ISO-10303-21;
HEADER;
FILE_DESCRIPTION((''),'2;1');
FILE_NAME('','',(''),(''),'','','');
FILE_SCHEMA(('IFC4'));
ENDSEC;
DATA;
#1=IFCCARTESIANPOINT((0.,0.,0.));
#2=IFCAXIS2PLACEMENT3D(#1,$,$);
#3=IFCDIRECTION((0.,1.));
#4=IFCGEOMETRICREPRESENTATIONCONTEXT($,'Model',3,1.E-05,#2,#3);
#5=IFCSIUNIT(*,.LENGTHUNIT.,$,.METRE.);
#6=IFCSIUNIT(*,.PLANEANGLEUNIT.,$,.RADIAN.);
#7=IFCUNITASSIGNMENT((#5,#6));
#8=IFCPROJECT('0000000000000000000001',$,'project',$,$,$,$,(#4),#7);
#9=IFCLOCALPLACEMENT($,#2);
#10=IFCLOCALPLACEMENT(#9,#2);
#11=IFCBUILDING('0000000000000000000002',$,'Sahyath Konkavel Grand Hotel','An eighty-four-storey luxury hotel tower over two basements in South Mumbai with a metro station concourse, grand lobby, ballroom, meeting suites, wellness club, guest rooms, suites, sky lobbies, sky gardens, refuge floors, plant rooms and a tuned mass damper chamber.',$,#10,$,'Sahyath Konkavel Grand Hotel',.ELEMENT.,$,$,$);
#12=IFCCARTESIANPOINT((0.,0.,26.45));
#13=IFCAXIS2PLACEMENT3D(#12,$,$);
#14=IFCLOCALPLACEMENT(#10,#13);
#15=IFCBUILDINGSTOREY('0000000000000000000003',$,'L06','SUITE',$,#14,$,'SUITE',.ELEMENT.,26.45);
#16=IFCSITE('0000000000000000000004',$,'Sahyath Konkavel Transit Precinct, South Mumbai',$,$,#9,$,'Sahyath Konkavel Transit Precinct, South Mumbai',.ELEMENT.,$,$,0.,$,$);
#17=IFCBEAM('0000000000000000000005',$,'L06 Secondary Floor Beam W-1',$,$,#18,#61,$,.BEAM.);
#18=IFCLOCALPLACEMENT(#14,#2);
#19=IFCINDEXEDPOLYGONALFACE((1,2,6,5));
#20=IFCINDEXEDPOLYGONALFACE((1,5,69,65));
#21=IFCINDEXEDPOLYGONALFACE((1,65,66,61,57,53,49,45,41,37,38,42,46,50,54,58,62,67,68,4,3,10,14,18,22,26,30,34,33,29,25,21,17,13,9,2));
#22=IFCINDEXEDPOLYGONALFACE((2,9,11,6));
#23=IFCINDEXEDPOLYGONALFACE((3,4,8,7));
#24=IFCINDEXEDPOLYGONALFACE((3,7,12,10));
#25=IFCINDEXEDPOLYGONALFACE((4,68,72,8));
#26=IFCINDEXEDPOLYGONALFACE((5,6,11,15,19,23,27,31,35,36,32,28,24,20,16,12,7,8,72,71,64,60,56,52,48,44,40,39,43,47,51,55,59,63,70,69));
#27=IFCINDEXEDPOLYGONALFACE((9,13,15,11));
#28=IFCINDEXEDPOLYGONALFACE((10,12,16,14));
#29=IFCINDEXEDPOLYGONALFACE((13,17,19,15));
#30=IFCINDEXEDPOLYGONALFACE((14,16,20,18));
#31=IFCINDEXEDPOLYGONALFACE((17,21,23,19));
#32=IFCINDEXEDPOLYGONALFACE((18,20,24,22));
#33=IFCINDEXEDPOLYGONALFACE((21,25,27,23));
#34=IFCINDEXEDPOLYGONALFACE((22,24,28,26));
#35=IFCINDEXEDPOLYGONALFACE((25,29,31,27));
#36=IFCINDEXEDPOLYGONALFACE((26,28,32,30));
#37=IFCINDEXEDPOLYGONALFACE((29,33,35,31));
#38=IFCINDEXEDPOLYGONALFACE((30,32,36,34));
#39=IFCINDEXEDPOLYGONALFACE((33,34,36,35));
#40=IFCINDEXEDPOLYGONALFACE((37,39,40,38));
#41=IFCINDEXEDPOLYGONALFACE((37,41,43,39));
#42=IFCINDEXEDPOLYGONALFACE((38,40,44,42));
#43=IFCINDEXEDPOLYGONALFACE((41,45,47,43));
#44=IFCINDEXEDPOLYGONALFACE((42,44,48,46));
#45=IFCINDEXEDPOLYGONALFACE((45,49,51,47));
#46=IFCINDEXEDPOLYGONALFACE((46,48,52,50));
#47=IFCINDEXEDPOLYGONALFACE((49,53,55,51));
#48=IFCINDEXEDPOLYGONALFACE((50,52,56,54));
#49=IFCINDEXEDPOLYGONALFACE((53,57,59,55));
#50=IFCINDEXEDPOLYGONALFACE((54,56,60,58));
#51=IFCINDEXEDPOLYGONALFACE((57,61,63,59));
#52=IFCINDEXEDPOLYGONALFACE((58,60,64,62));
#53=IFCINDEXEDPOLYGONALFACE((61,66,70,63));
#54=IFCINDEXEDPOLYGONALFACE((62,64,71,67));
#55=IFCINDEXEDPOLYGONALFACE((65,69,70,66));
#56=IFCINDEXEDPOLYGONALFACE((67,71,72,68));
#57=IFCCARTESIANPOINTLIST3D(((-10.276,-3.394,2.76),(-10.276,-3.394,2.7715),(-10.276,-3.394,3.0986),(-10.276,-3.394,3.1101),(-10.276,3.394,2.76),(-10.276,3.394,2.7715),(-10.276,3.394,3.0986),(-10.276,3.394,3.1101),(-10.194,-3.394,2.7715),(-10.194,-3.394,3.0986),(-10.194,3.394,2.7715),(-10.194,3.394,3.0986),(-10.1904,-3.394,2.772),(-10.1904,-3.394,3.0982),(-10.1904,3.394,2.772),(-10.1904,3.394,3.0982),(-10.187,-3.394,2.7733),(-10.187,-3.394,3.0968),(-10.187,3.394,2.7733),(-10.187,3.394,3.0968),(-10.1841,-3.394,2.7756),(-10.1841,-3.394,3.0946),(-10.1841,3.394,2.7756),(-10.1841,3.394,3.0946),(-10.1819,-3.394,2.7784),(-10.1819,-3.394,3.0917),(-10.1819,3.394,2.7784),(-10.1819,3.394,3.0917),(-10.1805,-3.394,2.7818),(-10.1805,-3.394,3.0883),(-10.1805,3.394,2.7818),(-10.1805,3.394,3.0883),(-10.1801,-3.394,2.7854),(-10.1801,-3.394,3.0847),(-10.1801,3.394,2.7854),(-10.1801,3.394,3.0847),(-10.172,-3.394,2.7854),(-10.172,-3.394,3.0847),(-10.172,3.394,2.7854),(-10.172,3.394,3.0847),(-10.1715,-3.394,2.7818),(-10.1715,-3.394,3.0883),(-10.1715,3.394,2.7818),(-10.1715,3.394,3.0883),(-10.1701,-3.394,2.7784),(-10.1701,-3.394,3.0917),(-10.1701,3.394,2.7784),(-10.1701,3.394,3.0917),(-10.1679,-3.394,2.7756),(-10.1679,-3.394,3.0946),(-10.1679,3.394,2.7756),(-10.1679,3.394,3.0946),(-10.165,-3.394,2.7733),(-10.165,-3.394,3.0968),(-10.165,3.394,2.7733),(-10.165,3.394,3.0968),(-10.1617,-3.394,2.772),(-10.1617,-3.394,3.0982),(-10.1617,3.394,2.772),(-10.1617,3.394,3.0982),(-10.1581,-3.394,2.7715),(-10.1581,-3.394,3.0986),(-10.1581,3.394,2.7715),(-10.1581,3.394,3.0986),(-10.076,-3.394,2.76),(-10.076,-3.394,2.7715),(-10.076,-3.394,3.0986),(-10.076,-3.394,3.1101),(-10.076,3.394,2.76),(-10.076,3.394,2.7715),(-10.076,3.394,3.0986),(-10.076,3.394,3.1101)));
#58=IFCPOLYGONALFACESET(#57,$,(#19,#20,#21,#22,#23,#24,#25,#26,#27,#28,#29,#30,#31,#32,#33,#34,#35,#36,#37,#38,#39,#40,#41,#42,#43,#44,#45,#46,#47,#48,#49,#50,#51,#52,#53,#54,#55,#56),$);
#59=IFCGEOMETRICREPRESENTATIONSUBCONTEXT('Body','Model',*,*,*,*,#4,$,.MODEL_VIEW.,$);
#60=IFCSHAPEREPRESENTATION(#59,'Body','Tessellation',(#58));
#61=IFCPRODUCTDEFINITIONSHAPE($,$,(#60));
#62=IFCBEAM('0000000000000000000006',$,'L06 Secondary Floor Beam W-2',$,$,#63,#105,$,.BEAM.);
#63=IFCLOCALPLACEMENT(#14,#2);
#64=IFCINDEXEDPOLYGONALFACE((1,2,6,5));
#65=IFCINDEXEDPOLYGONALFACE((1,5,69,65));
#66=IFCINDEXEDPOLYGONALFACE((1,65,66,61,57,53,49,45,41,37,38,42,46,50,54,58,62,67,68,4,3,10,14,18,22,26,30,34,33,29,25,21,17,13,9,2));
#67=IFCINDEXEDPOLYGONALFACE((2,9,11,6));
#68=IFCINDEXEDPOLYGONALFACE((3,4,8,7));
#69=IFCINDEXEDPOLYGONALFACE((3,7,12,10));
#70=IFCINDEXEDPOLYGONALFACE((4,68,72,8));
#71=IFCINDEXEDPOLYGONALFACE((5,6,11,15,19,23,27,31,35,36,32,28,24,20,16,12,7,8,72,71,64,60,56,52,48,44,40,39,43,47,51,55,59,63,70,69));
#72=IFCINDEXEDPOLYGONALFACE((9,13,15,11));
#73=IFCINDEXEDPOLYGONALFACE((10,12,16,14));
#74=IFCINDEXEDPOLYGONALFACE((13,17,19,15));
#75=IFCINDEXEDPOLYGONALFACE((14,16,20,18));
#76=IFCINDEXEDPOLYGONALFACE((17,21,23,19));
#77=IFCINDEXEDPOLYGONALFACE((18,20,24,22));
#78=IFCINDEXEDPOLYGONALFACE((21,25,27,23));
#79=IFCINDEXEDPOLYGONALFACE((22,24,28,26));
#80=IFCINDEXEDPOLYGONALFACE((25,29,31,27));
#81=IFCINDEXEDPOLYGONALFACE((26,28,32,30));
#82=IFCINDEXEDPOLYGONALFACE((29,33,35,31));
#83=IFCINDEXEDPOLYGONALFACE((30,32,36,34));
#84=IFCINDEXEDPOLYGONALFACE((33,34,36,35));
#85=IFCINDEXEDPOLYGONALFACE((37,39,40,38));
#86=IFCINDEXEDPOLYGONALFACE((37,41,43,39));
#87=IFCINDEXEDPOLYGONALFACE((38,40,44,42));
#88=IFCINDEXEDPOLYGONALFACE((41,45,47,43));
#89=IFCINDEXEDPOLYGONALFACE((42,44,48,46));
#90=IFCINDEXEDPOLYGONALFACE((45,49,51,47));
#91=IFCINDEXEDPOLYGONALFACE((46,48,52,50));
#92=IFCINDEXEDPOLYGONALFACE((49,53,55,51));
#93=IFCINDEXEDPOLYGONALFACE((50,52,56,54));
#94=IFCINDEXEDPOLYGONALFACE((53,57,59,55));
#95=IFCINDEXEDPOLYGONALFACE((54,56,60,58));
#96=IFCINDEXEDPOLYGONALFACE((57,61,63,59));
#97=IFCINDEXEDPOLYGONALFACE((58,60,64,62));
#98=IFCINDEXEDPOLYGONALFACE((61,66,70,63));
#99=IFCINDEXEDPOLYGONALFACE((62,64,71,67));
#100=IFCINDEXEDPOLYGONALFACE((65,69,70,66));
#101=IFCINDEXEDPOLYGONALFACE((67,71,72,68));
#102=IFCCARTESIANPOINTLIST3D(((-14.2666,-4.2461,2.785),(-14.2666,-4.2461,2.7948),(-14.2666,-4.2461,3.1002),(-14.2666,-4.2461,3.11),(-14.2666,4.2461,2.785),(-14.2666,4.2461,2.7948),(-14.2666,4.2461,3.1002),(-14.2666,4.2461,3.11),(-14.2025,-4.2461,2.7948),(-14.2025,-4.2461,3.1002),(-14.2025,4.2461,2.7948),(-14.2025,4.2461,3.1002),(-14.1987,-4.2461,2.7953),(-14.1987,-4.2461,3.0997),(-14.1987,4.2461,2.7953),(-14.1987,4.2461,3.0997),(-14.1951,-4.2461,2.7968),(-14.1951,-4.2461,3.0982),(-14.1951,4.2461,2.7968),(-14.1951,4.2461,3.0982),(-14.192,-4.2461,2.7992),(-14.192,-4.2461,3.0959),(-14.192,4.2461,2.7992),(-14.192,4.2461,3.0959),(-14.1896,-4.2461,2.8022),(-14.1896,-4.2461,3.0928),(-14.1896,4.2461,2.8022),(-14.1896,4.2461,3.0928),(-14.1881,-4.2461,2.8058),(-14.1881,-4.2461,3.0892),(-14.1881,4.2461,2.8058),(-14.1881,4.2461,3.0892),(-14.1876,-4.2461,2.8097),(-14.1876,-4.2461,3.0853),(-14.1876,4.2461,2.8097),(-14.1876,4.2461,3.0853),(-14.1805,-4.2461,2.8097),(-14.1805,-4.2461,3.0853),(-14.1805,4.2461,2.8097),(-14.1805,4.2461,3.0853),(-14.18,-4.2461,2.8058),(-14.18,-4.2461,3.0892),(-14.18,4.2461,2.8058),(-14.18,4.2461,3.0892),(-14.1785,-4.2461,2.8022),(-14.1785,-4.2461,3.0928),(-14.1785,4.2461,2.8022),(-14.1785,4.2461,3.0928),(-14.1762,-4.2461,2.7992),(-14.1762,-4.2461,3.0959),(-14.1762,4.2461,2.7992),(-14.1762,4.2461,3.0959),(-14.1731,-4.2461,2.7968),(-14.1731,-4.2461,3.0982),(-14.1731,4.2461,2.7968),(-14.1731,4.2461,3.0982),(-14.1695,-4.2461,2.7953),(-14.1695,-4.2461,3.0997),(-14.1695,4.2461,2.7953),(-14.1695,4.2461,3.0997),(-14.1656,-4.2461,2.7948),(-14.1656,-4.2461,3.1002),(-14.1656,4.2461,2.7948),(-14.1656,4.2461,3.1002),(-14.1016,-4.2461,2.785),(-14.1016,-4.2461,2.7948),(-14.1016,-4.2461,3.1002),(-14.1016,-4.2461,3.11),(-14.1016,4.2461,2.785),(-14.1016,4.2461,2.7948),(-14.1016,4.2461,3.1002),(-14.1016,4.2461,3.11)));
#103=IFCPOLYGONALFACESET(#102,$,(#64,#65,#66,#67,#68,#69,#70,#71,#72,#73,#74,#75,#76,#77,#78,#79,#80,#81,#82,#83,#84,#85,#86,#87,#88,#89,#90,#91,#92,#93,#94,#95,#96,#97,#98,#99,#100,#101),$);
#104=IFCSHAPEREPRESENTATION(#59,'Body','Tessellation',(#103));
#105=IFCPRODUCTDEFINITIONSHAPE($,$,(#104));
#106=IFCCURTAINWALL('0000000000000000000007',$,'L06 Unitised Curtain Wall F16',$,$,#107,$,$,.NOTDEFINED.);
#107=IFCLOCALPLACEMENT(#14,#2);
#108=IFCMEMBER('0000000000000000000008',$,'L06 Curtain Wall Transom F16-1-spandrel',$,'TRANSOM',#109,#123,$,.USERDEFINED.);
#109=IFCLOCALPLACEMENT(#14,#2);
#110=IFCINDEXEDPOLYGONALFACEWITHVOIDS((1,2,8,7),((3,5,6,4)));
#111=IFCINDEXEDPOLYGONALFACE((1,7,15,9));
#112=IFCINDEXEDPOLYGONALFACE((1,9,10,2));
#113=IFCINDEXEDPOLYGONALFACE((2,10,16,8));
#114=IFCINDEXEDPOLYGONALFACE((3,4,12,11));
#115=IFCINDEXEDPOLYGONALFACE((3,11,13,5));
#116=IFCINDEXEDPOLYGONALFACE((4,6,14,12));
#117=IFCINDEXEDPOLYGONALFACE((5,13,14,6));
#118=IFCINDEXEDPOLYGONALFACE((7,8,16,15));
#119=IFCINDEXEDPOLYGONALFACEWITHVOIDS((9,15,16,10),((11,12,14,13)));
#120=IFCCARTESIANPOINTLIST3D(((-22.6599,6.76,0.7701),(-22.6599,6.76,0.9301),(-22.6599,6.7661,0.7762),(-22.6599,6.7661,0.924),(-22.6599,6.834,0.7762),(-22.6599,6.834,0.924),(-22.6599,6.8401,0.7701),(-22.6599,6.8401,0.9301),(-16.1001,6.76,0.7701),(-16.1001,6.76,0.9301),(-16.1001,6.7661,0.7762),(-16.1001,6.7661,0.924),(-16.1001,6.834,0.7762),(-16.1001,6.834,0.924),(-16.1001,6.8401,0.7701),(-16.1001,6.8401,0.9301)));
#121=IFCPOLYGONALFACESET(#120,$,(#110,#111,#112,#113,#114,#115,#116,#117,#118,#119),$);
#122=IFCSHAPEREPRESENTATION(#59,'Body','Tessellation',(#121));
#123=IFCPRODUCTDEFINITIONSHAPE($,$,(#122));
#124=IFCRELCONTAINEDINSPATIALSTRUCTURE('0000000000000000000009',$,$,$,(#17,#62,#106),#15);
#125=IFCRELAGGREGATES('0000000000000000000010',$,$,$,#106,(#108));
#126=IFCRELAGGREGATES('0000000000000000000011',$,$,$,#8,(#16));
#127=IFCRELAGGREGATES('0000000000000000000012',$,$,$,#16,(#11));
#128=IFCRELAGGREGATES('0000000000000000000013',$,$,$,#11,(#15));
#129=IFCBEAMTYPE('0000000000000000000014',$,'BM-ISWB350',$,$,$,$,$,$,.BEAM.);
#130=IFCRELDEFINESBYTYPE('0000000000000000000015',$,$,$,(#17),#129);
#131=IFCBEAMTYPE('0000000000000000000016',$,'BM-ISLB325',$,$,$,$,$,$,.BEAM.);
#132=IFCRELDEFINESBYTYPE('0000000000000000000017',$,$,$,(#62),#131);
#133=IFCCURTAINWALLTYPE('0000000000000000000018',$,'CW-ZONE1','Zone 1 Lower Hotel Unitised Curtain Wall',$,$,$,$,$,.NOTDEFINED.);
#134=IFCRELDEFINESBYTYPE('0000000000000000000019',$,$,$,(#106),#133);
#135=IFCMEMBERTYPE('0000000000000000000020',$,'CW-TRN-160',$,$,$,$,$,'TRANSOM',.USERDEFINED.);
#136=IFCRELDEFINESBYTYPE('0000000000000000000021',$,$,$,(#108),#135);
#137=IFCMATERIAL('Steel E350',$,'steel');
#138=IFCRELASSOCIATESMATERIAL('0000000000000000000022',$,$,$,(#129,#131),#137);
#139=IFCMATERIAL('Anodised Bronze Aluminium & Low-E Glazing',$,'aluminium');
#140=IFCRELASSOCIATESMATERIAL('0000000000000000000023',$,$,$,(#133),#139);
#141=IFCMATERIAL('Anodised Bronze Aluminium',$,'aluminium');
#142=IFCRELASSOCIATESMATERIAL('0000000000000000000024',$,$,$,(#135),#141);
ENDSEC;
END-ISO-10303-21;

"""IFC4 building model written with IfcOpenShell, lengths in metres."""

from ifc_helpers import new_model, si_unit, direction, frame, origin, origin_2d, place, context, subcontext, project, spatial, hollow_rectangle, i_section, extrude, source, transform, mapped, material, material_profile, profile_set, type_object, element, aggregate, save


model = new_model("IFC4")

# Units and contexts
model_context = context("Model", 3, precision=1e-05, world=origin(), true_north=direction((0.0, 1.0)))
body_context = subcontext(model_context, "Body", "Model", "MODEL_VIEW")
ifc_project = project(units=[si_unit("LENGTHUNIT", "METRE"), si_unit("PLANEANGLEUNIT", "RADIAN")], contexts=[model_context])

# Site, building, storey
site_placement = place(None, origin())
site = spatial("IfcSite", under=ifc_project, at=site_placement, Name="Sahyath Konkavel Transit Precinct, South Mumbai", LongName="Sahyath Konkavel Transit Precinct, South Mumbai", CompositionType="ELEMENT", RefElevation=0.0)
building_placement = place(site_placement, origin())
building = spatial("IfcBuilding", under=site, at=building_placement, Name="Sahyath Konkavel Grand Hotel", Description="An eighty-four-storey luxury hotel tower over two basements in South Mumbai with a metro station concourse, grand lobby, ballroom, meeting suites, wellness club, guest rooms, suites, sky lobbies, sky gardens, refuge floors, plant rooms and a tuned mass damper chamber.", LongName="Sahyath Konkavel Grand Hotel", CompositionType="ELEMENT")
storey_placement = place(building_placement, frame((0.0, 0.0, 26.45)))
storey = spatial("IfcBuildingStorey", under=building, at=storey_placement, Name="L06", Description="SUITE", LongName="SUITE", CompositionType="ELEMENT", Elevation=26.45)

# Beams
ifc_material_1 = material(Name="Steel E350", Category="steel")
ifc_material_profile_1 = material_profile(ifc_material_1, i_section(OverallWidth=0.2, OverallDepth=0.3501, WebThickness=0.0081, FlangeThickness=0.0115, FilletRadius=0.0139, at=origin_2d()), Name="ISWB 350")
ifc_profile_set_1 = profile_set([ifc_material_profile_1], Name="Steel E350")
beam_type_1 = type_object("IfcBeamType", Name="BM-ISWB350", PredefinedType="BEAM", material=ifc_profile_set_1)
shared_shape_1 = source(origin(), body_context, "Body", "SweptSolid", [
    extrude(i_section(OverallWidth=0.2, OverallDepth=0.3501, WebThickness=0.0081, FlangeThickness=0.0115, FilletRadius=0.0139, at=origin_2d()), origin(), (0.0, 0.0, 1.0), 6.7881),
])
beam_1_placement = place(storey_placement, frame((-10.176, 3.394, 2.9351), z_axis=(0.0, -1.0, 0.0), x_axis=(1.0, 0.0, 0.0)))
element("IfcBeam", 1, at=beam_1_placement, inside=storey, type_object=beam_type_1, Name="L06 Secondary Floor Beam W-1", PredefinedType="BEAM", context=body_context, shape_type="MappedRepresentation", body=[
    mapped(shared_shape_1, transform((0.0, 0.0, 0.0), scale=1.0)),
])
ifc_material_profile_2 = material_profile(ifc_material_1, i_section(OverallWidth=0.165, OverallDepth=0.325, WebThickness=0.0071, FlangeThickness=0.0098, FilletRadius=0.0149, at=origin_2d()), Name="ISLB 325")
ifc_profile_set_2 = profile_set([ifc_material_profile_2], Name="Steel E350")
beam_type_2 = type_object("IfcBeamType", Name="BM-ISLB325", PredefinedType="BEAM", material=ifc_profile_set_2)
shared_shape_2 = source(origin(), body_context, "Body", "SweptSolid", [
    extrude(i_section(OverallWidth=0.165, OverallDepth=0.325, WebThickness=0.0071, FlangeThickness=0.0098, FilletRadius=0.0149, at=origin_2d()), origin(), (0.0, 0.0, 1.0), 8.4922),
])
beam_2_placement = place(storey_placement, frame((-14.1841, 4.2461, 2.9475), z_axis=(0.0, -1.0, 0.0), x_axis=(1.0, 0.0, 0.0)))
element("IfcBeam", 2, at=beam_2_placement, inside=storey, type_object=beam_type_2, Name="L06 Secondary Floor Beam W-2", PredefinedType="BEAM", context=body_context, shape_type="MappedRepresentation", body=[
    mapped(shared_shape_2, transform((0.0, 0.0, 0.0), scale=1.0)),
])

# Curtain wall, member
ifc_material_2 = material(Name="Anodised Bronze Aluminium & Low-E Glazing", Category="aluminium")
curtain_wall_type = type_object("IfcCurtainWallType", Name="CW-ZONE1", Description="Zone 1 Lower Hotel Unitised Curtain Wall", PredefinedType="NOTDEFINED", material=ifc_material_2)
curtain_wall_placement = place(storey_placement, origin())
curtain_wall = element("IfcCurtainWall", 3, at=curtain_wall_placement, inside=storey, type_object=curtain_wall_type, Name="L06 Unitised Curtain Wall F16", PredefinedType="NOTDEFINED")
ifc_material_3 = material(Name="Anodised Bronze Aluminium", Category="aluminium")
ifc_material_profile_3 = material_profile(ifc_material_3, hollow_rectangle(XDim=0.0801, YDim=0.1599, WallThickness=0.0061, at=origin_2d()), Name="RHS 160x80x6")
ifc_profile_set_3 = profile_set([ifc_material_profile_3], Name="Anodised Bronze Aluminium")
member_type = type_object("IfcMemberType", Name="CW-TRN-160", ElementType="TRANSOM", PredefinedType="USERDEFINED", material=ifc_profile_set_3)
shared_shape_3 = source(origin(), body_context, "Body", "SweptSolid", [
    extrude(hollow_rectangle(XDim=0.0801, YDim=0.1599, WallThickness=0.0061, at=origin_2d()), origin(), (0.0, 0.0, 1.0), 6.5598),
])
member_placement = place(storey_placement, frame((-16.1001, 6.8, 0.8501), z_axis=(-1.0, 0.0, 0.0), x_axis=(0.0, -1.0, 0.0)))
member = element("IfcMember", 4, at=member_placement, type_object=member_type, Name="L06 Curtain Wall Transom F16-1-spandrel", ObjectType="TRANSOM", PredefinedType="USERDEFINED", context=body_context, shape_type="MappedRepresentation", body=[
    mapped(shared_shape_3, transform((0.0, 0.0, 0.0), scale=1.0)),
])
aggregate(curtain_wall, [member])

save(model, "model.ifc")
